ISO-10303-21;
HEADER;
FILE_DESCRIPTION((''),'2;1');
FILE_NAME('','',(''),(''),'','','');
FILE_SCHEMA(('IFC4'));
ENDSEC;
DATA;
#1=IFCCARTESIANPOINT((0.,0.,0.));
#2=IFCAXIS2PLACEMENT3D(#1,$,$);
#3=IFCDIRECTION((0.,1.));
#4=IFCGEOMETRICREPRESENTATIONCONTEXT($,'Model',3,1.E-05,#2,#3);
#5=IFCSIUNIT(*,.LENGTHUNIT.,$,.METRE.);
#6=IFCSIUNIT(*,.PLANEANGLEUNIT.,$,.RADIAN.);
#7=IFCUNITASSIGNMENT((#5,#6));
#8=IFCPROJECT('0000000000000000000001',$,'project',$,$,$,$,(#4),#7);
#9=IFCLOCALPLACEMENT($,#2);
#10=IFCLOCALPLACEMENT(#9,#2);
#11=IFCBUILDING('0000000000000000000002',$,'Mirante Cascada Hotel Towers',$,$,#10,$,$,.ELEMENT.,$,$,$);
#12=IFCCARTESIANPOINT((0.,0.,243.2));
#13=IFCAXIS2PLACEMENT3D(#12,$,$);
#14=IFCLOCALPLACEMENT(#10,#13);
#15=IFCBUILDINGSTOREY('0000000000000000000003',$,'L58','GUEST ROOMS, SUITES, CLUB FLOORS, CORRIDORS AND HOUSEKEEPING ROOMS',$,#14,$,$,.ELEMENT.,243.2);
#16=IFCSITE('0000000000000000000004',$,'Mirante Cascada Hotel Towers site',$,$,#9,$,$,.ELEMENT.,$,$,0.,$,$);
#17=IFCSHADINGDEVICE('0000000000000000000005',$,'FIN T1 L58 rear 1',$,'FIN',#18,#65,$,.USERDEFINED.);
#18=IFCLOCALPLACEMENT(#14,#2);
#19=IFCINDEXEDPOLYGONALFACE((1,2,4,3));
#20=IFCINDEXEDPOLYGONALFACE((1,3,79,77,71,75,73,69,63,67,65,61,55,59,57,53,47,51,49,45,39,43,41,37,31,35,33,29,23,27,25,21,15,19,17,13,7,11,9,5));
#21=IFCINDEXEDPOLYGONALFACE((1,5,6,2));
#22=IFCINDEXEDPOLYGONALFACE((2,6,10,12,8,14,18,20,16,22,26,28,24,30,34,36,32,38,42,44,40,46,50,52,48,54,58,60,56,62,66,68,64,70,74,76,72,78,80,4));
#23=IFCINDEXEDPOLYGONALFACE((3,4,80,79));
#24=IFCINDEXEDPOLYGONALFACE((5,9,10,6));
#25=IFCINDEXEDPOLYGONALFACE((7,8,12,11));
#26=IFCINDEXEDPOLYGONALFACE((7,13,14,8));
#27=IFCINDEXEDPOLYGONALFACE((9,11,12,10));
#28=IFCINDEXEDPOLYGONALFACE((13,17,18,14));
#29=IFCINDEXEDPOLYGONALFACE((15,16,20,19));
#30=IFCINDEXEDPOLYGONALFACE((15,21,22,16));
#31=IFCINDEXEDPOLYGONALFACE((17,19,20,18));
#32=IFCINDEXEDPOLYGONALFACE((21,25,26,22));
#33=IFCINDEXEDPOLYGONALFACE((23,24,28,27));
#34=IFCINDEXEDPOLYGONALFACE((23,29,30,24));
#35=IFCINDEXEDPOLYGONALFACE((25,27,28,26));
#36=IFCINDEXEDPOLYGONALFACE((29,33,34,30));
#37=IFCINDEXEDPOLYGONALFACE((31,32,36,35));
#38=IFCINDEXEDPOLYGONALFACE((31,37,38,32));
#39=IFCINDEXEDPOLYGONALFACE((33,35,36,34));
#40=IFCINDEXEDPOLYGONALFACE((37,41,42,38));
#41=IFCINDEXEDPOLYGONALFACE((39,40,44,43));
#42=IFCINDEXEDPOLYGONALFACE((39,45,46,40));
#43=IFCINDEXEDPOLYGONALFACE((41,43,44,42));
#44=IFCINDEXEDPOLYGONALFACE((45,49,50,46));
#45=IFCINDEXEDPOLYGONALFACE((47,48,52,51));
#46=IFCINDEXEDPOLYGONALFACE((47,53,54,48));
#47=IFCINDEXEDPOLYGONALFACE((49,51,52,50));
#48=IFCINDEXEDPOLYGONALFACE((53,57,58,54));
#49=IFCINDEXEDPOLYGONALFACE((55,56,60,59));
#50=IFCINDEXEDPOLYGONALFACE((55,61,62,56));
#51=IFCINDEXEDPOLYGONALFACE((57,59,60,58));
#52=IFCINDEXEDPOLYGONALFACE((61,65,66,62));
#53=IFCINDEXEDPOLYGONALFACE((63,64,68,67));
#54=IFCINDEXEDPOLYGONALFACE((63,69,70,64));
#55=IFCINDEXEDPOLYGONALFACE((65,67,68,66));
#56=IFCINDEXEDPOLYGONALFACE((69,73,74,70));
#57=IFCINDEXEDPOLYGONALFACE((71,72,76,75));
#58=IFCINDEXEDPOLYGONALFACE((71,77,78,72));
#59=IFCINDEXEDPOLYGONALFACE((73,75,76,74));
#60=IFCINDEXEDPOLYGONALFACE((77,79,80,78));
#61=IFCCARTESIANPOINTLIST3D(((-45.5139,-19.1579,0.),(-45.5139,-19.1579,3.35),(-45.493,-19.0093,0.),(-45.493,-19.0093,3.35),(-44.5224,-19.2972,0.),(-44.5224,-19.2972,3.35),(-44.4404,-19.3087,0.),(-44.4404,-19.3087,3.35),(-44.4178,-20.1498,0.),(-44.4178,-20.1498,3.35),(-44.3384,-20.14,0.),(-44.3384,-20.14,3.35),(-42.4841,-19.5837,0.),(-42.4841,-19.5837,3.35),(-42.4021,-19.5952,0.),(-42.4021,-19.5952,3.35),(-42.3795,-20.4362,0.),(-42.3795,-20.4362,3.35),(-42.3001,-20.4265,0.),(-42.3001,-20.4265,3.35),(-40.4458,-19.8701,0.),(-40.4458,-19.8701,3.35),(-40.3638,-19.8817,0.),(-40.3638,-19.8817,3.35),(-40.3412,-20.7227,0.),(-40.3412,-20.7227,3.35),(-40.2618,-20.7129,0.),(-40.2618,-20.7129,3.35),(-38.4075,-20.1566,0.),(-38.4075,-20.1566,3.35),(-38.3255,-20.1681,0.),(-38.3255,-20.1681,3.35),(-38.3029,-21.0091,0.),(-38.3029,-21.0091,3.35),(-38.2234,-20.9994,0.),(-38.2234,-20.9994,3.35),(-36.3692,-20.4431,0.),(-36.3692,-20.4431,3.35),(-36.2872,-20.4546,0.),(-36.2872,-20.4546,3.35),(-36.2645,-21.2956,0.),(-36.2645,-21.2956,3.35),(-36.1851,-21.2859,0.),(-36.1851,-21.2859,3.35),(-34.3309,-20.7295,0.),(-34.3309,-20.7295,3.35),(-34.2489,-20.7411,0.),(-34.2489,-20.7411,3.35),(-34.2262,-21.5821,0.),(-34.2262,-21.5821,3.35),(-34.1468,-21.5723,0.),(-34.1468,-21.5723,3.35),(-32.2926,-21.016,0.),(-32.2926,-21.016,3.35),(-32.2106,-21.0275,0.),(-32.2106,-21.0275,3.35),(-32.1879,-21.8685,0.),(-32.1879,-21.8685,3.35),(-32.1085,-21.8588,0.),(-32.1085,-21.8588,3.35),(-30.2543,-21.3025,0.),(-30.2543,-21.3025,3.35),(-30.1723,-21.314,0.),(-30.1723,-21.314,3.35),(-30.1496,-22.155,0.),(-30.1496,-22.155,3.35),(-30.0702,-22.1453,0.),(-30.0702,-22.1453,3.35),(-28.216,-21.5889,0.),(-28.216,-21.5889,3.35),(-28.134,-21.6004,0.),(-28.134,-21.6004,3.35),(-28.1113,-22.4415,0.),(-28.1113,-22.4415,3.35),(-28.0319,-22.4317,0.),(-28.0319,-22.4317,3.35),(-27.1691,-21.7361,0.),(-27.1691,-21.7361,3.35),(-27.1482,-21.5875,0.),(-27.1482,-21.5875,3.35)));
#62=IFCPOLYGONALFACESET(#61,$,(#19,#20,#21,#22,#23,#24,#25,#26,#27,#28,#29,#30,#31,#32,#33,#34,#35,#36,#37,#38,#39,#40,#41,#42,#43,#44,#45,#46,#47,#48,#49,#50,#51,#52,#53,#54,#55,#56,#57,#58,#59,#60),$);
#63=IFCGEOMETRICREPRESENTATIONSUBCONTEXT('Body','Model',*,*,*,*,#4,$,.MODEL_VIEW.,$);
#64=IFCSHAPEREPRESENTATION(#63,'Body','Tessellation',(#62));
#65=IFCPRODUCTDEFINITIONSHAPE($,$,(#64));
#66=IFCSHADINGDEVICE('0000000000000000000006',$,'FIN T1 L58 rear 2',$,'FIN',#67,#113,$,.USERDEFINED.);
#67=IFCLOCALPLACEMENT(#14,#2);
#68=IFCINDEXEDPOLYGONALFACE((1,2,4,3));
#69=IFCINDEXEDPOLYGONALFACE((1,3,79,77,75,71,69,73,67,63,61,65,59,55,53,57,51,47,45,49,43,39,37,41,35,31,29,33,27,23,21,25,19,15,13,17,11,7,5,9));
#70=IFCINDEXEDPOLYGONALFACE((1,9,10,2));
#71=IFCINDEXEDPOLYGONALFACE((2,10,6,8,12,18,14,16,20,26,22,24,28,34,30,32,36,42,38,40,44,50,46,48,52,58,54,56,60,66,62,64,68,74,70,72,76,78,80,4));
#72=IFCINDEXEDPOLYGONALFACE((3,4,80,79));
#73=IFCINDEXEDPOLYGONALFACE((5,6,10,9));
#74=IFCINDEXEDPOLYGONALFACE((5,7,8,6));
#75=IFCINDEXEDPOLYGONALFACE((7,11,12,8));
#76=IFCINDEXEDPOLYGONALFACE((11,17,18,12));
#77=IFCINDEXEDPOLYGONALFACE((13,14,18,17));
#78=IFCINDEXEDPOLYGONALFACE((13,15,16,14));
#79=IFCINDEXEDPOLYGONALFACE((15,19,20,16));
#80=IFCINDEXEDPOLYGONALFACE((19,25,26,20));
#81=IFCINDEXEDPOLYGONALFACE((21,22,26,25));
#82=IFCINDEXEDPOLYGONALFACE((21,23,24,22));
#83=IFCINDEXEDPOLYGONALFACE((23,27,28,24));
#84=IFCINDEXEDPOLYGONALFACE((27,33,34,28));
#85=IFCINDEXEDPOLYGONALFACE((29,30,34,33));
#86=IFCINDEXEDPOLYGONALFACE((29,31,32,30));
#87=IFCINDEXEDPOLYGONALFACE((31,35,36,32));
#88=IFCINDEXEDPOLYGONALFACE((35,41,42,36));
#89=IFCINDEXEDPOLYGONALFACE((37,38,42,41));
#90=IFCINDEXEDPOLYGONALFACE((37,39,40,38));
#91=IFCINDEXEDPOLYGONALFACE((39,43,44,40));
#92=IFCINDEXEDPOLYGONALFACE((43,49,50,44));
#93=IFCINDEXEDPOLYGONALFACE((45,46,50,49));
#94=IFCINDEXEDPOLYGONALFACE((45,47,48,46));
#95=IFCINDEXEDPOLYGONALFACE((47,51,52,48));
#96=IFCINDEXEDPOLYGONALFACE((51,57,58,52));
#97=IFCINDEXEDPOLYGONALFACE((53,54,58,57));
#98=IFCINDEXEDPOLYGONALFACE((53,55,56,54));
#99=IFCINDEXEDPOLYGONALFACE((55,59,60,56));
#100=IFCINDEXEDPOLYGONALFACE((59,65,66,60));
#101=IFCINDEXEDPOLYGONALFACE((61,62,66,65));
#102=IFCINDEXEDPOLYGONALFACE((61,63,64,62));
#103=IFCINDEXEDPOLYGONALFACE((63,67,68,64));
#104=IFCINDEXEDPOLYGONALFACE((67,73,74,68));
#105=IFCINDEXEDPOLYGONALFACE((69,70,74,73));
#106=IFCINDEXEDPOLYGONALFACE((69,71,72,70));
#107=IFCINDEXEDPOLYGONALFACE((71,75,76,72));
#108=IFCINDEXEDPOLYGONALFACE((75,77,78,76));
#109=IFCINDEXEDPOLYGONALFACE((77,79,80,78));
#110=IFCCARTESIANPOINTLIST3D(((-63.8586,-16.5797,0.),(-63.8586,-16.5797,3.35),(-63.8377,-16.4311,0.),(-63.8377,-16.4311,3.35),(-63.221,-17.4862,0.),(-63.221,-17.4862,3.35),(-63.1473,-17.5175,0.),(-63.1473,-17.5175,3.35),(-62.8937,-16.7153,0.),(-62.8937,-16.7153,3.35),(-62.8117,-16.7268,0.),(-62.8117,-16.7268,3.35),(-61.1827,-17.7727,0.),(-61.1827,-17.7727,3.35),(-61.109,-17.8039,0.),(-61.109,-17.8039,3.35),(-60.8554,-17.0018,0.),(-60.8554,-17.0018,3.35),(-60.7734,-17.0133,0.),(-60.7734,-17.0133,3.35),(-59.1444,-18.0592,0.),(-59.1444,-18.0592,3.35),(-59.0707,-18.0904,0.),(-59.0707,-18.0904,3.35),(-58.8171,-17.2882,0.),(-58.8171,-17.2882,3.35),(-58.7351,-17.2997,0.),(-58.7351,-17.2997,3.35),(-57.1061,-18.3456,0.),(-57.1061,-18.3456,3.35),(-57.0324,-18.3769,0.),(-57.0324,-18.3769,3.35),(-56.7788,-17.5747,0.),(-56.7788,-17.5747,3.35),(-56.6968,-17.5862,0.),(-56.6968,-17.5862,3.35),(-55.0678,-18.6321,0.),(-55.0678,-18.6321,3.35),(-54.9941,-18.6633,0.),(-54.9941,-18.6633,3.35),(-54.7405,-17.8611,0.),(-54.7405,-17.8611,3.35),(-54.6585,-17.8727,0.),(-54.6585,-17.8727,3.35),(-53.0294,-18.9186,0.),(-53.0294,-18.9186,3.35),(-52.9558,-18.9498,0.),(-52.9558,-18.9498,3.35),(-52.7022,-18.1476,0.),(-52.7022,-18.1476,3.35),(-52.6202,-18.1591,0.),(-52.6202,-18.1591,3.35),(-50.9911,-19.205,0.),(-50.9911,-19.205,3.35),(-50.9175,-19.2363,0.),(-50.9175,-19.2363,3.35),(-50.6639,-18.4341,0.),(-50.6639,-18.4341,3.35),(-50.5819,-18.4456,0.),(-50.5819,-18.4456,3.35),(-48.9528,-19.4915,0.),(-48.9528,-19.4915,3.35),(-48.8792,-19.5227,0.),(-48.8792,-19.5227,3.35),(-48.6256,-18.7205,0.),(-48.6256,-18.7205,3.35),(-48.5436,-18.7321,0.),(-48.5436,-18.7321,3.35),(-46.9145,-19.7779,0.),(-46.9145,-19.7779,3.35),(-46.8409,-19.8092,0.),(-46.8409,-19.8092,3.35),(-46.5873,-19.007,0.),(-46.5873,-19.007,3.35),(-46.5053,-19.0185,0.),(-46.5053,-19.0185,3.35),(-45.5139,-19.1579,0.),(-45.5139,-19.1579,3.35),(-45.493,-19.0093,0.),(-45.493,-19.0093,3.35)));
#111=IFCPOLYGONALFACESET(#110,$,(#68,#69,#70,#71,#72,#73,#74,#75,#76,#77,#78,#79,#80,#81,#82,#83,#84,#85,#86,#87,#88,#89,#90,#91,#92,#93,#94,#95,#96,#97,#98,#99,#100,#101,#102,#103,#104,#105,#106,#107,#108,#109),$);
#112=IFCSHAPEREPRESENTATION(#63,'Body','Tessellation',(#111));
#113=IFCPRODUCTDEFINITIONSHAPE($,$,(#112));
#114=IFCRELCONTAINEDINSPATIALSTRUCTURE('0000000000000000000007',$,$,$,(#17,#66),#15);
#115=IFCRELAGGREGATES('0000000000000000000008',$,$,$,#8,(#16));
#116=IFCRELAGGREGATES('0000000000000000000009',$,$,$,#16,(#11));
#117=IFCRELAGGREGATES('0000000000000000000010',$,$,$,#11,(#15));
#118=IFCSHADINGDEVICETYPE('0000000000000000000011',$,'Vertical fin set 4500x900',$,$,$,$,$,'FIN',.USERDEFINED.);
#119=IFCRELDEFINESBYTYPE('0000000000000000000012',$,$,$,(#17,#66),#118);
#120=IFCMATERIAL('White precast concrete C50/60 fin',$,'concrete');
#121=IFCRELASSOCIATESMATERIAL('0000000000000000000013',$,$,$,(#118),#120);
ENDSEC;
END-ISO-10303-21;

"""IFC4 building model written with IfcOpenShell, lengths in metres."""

from ifc_helpers import new_model, si_unit, direction, frame, origin, place, context, subcontext, project, spatial, polyline, outline, extrude, material, type_object, element, save


model = new_model("IFC4")

# Units and contexts
model_context = context("Model", 3, precision=1e-05, world=origin(), true_north=direction((0.0, 1.0)))
body_context = subcontext(model_context, "Body", "Model", "MODEL_VIEW")
ifc_project = project(units=[si_unit("LENGTHUNIT", "METRE"), si_unit("PLANEANGLEUNIT", "RADIAN")], contexts=[model_context])

# Site, building, storey
site_placement = place(None, origin())
site = spatial("IfcSite", under=ifc_project, at=site_placement, Name="Mirante Cascada Hotel Towers site", CompositionType="ELEMENT", RefElevation=0.0)
building_placement = place(site_placement, origin())
building = spatial("IfcBuilding", under=site, at=building_placement, Name="Mirante Cascada Hotel Towers", CompositionType="ELEMENT")
storey_placement = place(building_placement, frame((0.0, 0.0, 243.2)))
storey = spatial("IfcBuildingStorey", under=building, at=storey_placement, Name="L58", Description="GUEST ROOMS, SUITES, CLUB FLOORS, CORRIDORS AND HOUSEKEEPING ROOMS", CompositionType="ELEMENT", Elevation=243.2)

# Shading devices
ifc_material_1 = material(Name="White precast concrete C50/60 fin", Category="concrete")
shading_device_type = type_object("IfcShadingDeviceType", Name="Vertical fin set 4500x900", ElementType="FIN", PredefinedType="USERDEFINED", material=ifc_material_1)
shading_device_1_placement = place(storey_placement, origin())
element("IfcShadingDevice", 1, at=shading_device_1_placement, inside=storey, type_object=shading_device_type, Name="FIN T1 L58 rear 1", ObjectType="FIN", PredefinedType="USERDEFINED", context=body_context, shape_type="SweptSolid", body=[
    extrude(outline(polyline([(-28.216, -21.5889), (-30.1723, -21.314), (-30.0702, -22.1453), (-30.1496, -22.155), (-30.2543, -21.3025), (-32.2106, -21.0275), (-32.1085, -21.8588), (-32.1879, -21.8685), (-32.2926, -21.016), (-34.2489, -20.7411), (-34.1468, -21.5723), (-34.2262, -21.5821), (-34.3309, -20.7295), (-36.2872, -20.4546), (-36.1851, -21.2859), (-36.2645, -21.2956), (-36.3692, -20.4431), (-38.3255, -20.1681), (-38.2234, -20.9994), (-38.3029, -21.0091), (-38.4075, -20.1566), (-40.3638, -19.8817), (-40.2618, -20.7129), (-40.3412, -20.7227), (-40.4458, -19.8701), (-42.4021, -19.5952), (-42.3001, -20.4265), (-42.3795, -20.4362), (-42.4841, -19.5837), (-44.4404, -19.3087), (-44.3384, -20.14), (-44.4178, -20.1498), (-44.5224, -19.2972), (-45.5139, -19.1579), (-45.493, -19.0093), (-27.1482, -21.5875), (-27.1691, -21.7361), (-28.134, -21.6004), (-28.0319, -22.4317), (-28.1113, -22.4415), (-28.216, -21.5889)])), origin(), (0.0, 0.0, 1.0), 3.35),
])
shading_device_2_placement = place(storey_placement, origin())
element("IfcShadingDevice", 2, at=shading_device_2_placement, inside=storey, type_object=shading_device_type, Name="FIN T1 L58 rear 2", ObjectType="FIN", PredefinedType="USERDEFINED", context=body_context, shape_type="SweptSolid", body=[
    extrude(outline(polyline([(-46.5873, -19.007), (-48.5436, -18.7321), (-48.8792, -19.5227), (-48.9528, -19.4915), (-48.6256, -18.7205), (-50.5819, -18.4456), (-50.9175, -19.2363), (-50.9911, -19.205), (-50.6639, -18.4341), (-52.6202, -18.1591), (-52.9558, -18.9498), (-53.0294, -18.9186), (-52.7022, -18.1476), (-54.6585, -17.8727), (-54.9941, -18.6633), (-55.0678, -18.6321), (-54.7405, -17.8611), (-56.6968, -17.5862), (-57.0324, -18.3769), (-57.1061, -18.3456), (-56.7788, -17.5747), (-58.7351, -17.2997), (-59.0707, -18.0904), (-59.1444, -18.0592), (-58.8171, -17.2882), (-60.7734, -17.0133), (-61.109, -17.8039), (-61.1827, -17.7727), (-60.8554, -17.0018), (-62.8117, -16.7268), (-63.1473, -17.5175), (-63.221, -17.4862), (-62.8937, -16.7153), (-63.8586, -16.5797), (-63.8377, -16.4311), (-45.493, -19.0093), (-45.5139, -19.1579), (-46.5053, -19.0185), (-46.8409, -19.8092), (-46.9145, -19.7779), (-46.5873, -19.007)])), origin(), (0.0, 0.0, 1.0), 3.35),
])

save(model, "model.ifc")
